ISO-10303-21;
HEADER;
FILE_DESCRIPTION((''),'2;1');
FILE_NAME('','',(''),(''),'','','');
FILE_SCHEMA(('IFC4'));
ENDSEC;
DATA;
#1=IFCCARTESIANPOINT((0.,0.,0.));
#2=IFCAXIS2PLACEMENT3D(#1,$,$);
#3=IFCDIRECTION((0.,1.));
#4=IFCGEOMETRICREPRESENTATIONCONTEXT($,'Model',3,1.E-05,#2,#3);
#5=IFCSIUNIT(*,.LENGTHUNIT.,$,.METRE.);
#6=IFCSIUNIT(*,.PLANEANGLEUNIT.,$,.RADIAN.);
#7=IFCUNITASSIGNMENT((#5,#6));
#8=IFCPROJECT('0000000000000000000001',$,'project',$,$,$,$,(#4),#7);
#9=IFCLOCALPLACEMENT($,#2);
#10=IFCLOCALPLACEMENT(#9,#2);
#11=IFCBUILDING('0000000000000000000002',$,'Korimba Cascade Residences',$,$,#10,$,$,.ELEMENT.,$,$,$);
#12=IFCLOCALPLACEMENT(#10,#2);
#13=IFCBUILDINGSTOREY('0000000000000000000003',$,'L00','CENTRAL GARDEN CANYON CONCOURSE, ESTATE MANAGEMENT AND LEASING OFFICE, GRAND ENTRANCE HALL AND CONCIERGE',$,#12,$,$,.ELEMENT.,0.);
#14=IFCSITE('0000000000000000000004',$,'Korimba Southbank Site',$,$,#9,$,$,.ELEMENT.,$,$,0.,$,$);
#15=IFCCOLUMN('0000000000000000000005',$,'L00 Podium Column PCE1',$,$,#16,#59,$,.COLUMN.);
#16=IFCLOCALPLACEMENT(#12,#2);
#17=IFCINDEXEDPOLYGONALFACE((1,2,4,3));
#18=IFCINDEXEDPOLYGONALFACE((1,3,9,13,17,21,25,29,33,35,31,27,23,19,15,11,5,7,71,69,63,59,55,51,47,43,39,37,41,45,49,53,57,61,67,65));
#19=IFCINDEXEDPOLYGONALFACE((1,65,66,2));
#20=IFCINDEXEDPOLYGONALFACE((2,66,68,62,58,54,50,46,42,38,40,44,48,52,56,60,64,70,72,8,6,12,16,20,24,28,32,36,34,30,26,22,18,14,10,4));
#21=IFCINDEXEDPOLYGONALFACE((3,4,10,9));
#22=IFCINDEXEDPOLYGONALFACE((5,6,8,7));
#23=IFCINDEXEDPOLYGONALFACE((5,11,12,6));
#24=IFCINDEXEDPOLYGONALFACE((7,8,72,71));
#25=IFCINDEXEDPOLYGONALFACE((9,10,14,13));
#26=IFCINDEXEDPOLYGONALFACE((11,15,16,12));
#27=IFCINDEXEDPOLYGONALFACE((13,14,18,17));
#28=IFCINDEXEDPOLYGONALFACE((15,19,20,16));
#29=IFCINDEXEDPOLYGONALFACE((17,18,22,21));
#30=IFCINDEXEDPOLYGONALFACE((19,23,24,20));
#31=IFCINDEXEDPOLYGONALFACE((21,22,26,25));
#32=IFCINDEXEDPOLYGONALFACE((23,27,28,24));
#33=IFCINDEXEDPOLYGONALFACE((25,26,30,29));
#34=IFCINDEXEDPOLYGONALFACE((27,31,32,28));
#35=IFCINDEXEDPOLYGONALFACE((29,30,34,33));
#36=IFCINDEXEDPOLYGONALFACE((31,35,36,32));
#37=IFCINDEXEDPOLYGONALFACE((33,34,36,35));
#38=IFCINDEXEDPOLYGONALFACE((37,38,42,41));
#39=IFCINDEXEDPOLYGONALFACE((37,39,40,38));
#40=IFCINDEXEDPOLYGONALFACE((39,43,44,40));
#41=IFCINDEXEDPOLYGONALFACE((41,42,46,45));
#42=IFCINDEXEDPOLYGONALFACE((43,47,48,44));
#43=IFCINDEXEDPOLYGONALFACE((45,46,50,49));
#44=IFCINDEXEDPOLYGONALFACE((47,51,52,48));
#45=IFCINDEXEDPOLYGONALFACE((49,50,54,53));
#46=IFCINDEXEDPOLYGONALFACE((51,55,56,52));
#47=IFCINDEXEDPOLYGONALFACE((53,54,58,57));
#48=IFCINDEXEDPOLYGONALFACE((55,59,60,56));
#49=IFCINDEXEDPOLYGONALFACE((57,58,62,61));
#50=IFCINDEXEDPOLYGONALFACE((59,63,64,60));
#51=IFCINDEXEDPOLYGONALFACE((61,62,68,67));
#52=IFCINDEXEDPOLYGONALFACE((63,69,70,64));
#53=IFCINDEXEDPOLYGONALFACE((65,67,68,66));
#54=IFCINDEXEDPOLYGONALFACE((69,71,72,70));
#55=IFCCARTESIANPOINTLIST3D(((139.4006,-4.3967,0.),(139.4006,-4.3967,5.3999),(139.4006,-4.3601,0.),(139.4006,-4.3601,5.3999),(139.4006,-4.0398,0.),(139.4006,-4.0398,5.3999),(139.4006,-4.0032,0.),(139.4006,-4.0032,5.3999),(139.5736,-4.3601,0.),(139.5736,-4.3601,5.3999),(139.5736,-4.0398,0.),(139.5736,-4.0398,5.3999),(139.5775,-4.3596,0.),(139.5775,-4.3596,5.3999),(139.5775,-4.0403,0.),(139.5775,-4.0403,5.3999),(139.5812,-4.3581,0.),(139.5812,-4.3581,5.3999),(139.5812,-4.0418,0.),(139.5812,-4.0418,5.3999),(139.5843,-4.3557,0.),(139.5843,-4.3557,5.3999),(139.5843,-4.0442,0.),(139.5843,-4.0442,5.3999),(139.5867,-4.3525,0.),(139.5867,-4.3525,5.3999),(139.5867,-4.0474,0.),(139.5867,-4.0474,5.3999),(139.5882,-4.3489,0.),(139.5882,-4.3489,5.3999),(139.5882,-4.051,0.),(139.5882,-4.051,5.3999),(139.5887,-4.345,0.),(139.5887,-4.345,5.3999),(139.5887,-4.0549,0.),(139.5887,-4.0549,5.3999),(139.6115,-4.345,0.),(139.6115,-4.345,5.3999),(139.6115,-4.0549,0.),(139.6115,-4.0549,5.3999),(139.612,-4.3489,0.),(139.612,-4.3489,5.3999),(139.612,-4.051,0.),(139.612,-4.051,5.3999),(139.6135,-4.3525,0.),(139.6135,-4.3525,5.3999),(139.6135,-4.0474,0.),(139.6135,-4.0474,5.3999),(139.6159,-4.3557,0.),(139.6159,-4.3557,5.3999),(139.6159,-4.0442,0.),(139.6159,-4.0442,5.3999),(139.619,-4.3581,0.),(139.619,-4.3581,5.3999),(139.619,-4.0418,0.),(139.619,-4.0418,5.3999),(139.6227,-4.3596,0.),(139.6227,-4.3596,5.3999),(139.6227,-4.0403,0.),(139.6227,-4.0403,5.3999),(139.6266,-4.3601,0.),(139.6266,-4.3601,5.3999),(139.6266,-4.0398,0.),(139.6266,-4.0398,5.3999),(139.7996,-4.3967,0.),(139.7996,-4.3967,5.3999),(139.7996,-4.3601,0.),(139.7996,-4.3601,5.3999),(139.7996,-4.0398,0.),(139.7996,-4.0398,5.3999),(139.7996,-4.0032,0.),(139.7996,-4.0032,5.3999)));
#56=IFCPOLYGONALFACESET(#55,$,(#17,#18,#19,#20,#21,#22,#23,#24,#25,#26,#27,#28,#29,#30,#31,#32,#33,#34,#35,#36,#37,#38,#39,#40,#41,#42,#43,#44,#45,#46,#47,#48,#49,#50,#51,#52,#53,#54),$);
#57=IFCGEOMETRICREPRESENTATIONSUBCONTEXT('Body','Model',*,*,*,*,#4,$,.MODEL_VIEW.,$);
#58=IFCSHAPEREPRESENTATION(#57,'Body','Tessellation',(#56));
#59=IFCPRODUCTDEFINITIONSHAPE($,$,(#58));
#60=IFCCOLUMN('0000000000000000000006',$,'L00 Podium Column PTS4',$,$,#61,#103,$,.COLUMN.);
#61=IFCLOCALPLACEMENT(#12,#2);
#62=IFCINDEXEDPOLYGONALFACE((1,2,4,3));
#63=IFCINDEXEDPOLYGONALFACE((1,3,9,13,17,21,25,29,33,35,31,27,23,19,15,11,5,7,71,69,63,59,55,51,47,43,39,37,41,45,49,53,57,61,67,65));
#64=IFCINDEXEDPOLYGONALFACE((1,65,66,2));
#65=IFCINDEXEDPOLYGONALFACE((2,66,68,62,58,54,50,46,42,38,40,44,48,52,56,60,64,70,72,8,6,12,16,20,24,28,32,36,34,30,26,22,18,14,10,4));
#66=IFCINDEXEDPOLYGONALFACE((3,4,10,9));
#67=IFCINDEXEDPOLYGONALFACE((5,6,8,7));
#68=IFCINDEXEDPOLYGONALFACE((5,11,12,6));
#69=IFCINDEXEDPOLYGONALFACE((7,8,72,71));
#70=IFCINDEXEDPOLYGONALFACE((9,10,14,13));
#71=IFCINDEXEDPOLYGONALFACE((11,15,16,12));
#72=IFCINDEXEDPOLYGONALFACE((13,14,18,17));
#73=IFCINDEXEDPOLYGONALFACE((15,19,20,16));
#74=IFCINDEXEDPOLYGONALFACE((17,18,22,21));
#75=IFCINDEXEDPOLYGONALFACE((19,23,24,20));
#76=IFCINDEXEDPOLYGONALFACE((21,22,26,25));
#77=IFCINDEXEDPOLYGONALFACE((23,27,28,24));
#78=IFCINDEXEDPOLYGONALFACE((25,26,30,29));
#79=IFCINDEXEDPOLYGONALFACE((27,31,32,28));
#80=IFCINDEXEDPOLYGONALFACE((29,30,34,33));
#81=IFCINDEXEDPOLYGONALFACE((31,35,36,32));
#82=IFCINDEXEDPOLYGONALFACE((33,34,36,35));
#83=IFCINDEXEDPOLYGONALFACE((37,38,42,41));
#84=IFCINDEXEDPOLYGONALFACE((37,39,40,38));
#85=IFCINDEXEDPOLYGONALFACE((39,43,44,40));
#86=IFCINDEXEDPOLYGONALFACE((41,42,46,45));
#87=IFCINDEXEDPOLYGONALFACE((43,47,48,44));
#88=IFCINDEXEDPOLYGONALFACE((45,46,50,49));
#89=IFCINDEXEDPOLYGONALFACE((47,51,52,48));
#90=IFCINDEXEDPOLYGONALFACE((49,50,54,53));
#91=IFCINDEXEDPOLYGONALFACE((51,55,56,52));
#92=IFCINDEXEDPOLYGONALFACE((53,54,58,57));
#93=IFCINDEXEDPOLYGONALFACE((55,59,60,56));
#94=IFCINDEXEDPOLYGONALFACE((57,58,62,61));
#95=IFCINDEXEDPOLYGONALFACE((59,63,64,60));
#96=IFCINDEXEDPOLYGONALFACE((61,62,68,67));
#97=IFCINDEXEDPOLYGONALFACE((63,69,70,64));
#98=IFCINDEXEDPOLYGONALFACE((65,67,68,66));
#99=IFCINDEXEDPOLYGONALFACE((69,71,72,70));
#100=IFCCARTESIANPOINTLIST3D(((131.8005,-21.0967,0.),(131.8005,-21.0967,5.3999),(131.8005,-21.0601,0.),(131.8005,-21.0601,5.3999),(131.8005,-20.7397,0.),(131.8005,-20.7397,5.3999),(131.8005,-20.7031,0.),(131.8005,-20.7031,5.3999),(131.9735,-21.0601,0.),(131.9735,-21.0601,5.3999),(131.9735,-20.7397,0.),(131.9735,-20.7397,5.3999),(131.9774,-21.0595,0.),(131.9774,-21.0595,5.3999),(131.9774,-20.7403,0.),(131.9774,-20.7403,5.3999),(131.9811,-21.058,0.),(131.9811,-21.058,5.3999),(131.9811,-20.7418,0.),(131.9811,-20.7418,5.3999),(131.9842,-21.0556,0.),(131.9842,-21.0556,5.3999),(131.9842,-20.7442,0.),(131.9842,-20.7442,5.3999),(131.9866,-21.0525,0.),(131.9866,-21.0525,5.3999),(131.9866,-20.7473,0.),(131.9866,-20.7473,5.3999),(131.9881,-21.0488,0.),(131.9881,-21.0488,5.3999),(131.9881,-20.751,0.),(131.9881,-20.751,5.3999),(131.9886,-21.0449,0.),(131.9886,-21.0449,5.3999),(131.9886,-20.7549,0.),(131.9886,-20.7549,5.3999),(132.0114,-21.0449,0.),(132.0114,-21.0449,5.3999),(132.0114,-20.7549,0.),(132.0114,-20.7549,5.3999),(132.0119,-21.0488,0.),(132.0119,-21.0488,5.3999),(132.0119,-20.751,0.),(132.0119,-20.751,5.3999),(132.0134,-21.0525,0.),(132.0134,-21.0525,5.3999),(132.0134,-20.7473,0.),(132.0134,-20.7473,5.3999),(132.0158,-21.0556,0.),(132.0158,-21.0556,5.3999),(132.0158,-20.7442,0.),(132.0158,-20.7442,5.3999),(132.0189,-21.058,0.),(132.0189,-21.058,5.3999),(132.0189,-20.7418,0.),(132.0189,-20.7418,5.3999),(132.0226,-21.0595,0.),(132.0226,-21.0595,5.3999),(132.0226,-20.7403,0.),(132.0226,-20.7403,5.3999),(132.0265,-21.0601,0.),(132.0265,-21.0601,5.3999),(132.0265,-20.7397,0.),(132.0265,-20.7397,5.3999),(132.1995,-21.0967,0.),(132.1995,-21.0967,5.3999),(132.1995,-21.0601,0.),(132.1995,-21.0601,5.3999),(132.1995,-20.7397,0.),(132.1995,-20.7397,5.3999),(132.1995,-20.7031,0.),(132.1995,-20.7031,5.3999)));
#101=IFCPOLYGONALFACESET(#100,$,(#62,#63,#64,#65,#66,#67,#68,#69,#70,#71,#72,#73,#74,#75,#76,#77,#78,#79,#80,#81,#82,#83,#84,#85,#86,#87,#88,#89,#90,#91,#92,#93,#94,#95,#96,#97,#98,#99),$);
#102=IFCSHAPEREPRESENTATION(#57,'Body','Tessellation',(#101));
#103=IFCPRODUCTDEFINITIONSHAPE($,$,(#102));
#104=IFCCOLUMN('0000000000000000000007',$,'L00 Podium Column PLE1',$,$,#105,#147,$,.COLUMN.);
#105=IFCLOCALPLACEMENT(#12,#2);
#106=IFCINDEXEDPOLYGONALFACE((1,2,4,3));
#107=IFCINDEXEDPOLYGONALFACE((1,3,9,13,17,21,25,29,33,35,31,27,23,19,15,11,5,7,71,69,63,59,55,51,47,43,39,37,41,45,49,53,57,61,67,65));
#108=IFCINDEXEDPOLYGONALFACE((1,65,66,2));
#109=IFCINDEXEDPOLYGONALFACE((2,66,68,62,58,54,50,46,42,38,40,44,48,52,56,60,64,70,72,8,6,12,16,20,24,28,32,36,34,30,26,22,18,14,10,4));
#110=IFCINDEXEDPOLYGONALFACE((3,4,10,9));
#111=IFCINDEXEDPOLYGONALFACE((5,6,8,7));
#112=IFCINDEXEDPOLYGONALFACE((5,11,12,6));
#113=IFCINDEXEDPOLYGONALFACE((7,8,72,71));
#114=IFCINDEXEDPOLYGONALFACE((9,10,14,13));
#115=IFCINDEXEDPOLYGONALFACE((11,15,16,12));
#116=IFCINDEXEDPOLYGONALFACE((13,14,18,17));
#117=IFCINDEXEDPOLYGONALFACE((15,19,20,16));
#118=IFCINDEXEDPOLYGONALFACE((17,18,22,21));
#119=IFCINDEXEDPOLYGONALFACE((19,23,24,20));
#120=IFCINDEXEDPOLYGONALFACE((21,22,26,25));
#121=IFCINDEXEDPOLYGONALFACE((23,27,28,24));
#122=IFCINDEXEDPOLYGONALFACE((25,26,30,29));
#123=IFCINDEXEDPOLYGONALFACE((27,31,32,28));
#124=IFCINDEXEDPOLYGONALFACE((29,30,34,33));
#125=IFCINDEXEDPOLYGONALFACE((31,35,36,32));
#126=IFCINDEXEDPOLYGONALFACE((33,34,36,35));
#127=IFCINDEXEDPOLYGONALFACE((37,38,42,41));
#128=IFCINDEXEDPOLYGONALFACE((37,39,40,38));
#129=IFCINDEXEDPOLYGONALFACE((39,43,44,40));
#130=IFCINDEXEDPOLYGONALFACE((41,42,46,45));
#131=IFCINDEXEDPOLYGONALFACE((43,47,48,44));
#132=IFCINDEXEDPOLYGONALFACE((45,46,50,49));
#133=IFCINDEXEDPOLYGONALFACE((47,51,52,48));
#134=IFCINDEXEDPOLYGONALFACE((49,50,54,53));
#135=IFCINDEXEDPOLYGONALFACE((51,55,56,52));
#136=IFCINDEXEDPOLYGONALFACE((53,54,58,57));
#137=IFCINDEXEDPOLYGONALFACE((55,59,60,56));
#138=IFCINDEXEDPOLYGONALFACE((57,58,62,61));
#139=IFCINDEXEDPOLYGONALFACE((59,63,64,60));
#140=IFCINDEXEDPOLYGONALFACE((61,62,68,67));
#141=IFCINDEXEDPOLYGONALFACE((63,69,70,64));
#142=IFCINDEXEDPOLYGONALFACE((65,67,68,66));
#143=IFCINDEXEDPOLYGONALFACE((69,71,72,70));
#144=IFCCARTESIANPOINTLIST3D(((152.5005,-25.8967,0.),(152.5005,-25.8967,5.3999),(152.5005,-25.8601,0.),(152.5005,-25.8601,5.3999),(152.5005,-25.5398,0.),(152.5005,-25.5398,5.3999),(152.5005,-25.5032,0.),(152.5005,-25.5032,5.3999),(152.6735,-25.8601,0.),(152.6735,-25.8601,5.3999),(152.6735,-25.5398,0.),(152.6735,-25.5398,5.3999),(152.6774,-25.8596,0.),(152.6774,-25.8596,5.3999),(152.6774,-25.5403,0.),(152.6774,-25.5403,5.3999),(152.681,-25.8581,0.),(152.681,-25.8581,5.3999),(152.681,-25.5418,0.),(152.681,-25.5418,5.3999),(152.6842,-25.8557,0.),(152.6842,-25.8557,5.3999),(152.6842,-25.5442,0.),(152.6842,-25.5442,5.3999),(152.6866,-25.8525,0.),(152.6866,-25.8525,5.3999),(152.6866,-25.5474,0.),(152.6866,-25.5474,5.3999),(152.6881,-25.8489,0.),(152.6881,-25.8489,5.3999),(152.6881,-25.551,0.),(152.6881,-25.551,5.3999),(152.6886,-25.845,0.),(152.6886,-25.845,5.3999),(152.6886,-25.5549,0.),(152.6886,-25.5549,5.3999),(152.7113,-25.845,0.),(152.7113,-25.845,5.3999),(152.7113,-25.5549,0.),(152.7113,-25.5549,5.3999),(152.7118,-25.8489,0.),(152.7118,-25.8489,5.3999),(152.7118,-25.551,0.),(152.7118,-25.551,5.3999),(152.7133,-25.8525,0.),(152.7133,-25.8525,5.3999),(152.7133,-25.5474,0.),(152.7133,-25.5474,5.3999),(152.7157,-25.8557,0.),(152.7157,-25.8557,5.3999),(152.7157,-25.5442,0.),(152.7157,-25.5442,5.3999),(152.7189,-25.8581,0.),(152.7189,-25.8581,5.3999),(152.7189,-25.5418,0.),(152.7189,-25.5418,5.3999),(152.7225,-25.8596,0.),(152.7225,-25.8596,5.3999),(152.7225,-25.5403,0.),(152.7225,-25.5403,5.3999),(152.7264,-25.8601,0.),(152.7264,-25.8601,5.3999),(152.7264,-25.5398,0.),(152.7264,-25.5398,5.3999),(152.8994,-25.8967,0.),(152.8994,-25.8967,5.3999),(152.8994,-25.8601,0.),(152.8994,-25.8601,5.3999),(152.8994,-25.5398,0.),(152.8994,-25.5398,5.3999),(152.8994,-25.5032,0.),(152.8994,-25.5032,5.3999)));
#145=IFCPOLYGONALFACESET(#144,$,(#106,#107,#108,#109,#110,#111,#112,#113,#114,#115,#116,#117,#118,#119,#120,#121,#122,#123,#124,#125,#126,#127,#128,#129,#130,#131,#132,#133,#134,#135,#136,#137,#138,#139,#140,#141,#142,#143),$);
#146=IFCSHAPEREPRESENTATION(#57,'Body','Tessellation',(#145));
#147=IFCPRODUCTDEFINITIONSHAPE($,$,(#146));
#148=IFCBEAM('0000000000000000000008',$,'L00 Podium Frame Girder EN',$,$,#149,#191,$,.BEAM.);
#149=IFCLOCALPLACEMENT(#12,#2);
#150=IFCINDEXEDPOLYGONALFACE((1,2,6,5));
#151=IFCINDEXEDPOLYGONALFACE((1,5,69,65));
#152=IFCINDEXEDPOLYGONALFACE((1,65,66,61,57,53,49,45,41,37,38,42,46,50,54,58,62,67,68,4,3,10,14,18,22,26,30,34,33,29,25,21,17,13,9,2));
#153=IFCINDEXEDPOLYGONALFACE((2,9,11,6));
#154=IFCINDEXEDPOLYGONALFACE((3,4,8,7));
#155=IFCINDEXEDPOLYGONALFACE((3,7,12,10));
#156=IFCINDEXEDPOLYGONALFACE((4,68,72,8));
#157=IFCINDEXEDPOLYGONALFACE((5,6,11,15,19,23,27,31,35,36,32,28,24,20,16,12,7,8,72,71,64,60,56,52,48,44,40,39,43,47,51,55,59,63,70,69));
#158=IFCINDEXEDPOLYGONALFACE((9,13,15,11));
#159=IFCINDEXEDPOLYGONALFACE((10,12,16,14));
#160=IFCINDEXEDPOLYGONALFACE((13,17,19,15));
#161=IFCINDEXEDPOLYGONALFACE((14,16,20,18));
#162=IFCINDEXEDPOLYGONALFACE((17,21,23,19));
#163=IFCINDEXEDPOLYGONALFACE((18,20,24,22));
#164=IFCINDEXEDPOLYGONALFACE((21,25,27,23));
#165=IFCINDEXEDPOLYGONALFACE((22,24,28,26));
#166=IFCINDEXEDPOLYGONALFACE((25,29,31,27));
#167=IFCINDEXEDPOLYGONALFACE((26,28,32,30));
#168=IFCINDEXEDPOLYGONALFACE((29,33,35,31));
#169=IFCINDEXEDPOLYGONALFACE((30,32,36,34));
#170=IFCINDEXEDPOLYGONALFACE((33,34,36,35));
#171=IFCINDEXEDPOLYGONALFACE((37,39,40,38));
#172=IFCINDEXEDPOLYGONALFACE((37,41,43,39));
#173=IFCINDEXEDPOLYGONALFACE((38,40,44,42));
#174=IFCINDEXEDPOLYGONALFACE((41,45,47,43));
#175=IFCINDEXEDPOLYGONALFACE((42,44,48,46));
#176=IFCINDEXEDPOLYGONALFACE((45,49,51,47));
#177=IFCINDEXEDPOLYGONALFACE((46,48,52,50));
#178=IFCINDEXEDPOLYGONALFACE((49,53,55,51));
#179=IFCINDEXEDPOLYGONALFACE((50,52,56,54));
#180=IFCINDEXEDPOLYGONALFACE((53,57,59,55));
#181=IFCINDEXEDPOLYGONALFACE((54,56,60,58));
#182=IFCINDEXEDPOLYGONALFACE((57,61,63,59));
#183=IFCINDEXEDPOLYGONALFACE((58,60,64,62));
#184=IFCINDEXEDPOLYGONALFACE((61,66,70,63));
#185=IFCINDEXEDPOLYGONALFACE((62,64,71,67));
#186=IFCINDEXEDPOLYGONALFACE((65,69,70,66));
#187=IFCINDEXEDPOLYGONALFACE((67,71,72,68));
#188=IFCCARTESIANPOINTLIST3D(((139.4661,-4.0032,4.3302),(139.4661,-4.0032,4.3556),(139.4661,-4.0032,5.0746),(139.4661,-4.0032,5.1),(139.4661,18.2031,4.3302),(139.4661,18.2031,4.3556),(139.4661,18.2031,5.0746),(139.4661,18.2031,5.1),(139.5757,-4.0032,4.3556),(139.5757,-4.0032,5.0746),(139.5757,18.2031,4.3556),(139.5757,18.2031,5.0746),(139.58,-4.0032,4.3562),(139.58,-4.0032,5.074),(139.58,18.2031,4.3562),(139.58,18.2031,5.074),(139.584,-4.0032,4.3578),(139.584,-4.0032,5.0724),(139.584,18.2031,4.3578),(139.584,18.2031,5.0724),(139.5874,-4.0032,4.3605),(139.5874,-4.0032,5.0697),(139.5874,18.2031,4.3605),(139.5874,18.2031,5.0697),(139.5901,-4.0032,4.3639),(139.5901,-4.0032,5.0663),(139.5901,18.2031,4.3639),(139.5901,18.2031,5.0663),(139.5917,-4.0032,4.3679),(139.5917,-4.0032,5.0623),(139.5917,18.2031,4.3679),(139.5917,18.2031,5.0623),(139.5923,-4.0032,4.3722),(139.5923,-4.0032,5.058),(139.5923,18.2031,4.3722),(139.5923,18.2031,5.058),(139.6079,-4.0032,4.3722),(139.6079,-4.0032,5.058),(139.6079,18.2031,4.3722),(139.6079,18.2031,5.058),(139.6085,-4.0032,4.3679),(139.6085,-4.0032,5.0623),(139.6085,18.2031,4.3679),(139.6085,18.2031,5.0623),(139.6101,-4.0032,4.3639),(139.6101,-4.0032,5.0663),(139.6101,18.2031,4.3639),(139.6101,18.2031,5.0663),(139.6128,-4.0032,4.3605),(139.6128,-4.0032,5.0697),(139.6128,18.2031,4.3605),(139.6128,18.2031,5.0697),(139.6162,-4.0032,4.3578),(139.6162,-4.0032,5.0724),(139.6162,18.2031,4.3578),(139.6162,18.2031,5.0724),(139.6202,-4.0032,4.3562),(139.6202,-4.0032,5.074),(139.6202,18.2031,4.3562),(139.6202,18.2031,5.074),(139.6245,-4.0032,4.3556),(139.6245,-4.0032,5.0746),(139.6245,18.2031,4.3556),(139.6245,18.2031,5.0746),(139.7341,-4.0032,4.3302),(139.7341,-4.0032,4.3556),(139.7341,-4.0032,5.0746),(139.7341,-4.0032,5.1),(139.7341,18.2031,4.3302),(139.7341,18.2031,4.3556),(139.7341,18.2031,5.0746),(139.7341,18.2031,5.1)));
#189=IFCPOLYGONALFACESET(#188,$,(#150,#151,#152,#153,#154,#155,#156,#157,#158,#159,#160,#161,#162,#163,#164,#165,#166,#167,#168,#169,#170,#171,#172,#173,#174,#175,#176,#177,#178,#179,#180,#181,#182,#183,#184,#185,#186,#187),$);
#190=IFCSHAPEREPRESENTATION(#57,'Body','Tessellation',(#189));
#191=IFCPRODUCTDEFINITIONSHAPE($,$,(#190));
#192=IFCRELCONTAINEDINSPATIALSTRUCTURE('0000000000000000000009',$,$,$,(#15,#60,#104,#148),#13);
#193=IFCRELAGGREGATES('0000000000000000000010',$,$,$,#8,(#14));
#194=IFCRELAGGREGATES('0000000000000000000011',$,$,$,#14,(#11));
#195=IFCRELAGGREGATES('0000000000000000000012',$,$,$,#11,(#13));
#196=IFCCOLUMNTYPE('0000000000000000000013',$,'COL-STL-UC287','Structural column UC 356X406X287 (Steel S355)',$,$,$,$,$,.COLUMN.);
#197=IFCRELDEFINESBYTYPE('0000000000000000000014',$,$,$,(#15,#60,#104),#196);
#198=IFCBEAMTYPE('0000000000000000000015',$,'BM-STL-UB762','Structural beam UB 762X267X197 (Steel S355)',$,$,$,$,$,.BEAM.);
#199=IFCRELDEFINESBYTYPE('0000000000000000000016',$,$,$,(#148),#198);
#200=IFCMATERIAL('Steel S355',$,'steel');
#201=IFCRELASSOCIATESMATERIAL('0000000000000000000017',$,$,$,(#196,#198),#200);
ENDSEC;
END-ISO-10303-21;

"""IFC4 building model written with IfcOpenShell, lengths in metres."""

from ifc_helpers import new_model, si_unit, direction, frame, origin, origin_2d, place, context, subcontext, project, spatial, i_section, extrude, material, material_profile, profile_set, type_object, element, save


model = new_model("IFC4")

# Units and contexts
model_context = context("Model", 3, precision=1e-05, world=origin(), true_north=direction((0.0, 1.0)))
body_context = subcontext(model_context, "Body", "Model", "MODEL_VIEW")
ifc_project = project(units=[si_unit("LENGTHUNIT", "METRE"), si_unit("PLANEANGLEUNIT", "RADIAN")], contexts=[model_context])

# Site, building, storey
site_placement = place(None, origin())
site = spatial("IfcSite", under=ifc_project, at=site_placement, Name="Korimba Southbank Site", CompositionType="ELEMENT", RefElevation=0.0)
building_placement = place(site_placement, origin())
building = spatial("IfcBuilding", under=site, at=building_placement, Name="Korimba Cascade Residences", CompositionType="ELEMENT")
storey_placement = place(building_placement, origin())
storey = spatial("IfcBuildingStorey", under=building, at=storey_placement, Name="L00", Description="CENTRAL GARDEN CANYON CONCOURSE, ESTATE MANAGEMENT AND LEASING OFFICE, GRAND ENTRANCE HALL AND CONCIERGE", CompositionType="ELEMENT", Elevation=0.0)

# Columns
ifc_material_1 = material(Name="Steel S355", Category="steel")
ifc_material_profile_1 = material_profile(ifc_material_1, i_section(OverallWidth=0.3989, OverallDepth=0.3936, WebThickness=0.0227, FlangeThickness=0.0366, FilletRadius=0.0151, at=origin_2d()), Name="Steel S355")
ifc_profile_set_1 = profile_set([ifc_material_profile_1], Name="Steel S355")
column_type = type_object("IfcColumnType", Name="COL-STL-UC287", Description="Structural column UC 356X406X287 (Steel S355)", PredefinedType="COLUMN", material=ifc_profile_set_1)
for number, where, z_axis, x_axis, name in (
    (1, (139.6001, -4.2, 0.0), (0.0, 0.0, 1.0), (1.0, 0.0, 0.0), "L00 Podium Column PCE1"),
    (2, (132.0, -20.8999, 0.0), (0.0, 0.0, 1.0), (1.0, 0.0, 0.0), "L00 Podium Column PTS4"),
    (3, (152.7, -25.7, 0.0), (0.0, 0.0, 1.0), (1.0, 0.0, 0.0), "L00 Podium Column PLE1"),
):
    element("IfcColumn", number, at=place(storey_placement, frame(where, z_axis=z_axis, x_axis=x_axis)), inside=storey, type_object=column_type, Name=name, PredefinedType="COLUMN", context=body_context, shape_type="SweptSolid", body=[
        extrude(i_section(OverallWidth=0.3989, OverallDepth=0.3936, WebThickness=0.0227, FlangeThickness=0.0366, FilletRadius=0.0151, at=origin_2d()), origin(), (0.0, 0.0, 1.0), 5.3999),
    ])

# Beam
ifc_material_profile_2 = material_profile(ifc_material_1, i_section(OverallWidth=0.2681, OverallDepth=0.7698, WebThickness=0.0156, FlangeThickness=0.0254, FilletRadius=0.0166, at=origin_2d()), Name="Steel S355")
ifc_profile_set_2 = profile_set([ifc_material_profile_2], Name="Steel S355")
beam_type = type_object("IfcBeamType", Name="BM-STL-UB762", Description="Structural beam UB 762X267X197 (Steel S355)", PredefinedType="BEAM", material=ifc_profile_set_2)
beam_placement = place(storey_placement, frame((139.6001, -4.0032, 4.7151), z_axis=(0.0, 1.0, 0.0), x_axis=(-1.0, 0.0, 0.0)))
element("IfcBeam", 4, at=beam_placement, inside=storey, type_object=beam_type, Name="L00 Podium Frame Girder EN", PredefinedType="BEAM", context=body_context, shape_type="SweptSolid", body=[
    extrude(i_section(OverallWidth=0.2681, OverallDepth=0.7698, WebThickness=0.0156, FlangeThickness=0.0254, FilletRadius=0.0166, at=origin_2d()), origin(), (0.0, 0.0, 1.0), 22.2063),
])

save(model, "model.ifc")
